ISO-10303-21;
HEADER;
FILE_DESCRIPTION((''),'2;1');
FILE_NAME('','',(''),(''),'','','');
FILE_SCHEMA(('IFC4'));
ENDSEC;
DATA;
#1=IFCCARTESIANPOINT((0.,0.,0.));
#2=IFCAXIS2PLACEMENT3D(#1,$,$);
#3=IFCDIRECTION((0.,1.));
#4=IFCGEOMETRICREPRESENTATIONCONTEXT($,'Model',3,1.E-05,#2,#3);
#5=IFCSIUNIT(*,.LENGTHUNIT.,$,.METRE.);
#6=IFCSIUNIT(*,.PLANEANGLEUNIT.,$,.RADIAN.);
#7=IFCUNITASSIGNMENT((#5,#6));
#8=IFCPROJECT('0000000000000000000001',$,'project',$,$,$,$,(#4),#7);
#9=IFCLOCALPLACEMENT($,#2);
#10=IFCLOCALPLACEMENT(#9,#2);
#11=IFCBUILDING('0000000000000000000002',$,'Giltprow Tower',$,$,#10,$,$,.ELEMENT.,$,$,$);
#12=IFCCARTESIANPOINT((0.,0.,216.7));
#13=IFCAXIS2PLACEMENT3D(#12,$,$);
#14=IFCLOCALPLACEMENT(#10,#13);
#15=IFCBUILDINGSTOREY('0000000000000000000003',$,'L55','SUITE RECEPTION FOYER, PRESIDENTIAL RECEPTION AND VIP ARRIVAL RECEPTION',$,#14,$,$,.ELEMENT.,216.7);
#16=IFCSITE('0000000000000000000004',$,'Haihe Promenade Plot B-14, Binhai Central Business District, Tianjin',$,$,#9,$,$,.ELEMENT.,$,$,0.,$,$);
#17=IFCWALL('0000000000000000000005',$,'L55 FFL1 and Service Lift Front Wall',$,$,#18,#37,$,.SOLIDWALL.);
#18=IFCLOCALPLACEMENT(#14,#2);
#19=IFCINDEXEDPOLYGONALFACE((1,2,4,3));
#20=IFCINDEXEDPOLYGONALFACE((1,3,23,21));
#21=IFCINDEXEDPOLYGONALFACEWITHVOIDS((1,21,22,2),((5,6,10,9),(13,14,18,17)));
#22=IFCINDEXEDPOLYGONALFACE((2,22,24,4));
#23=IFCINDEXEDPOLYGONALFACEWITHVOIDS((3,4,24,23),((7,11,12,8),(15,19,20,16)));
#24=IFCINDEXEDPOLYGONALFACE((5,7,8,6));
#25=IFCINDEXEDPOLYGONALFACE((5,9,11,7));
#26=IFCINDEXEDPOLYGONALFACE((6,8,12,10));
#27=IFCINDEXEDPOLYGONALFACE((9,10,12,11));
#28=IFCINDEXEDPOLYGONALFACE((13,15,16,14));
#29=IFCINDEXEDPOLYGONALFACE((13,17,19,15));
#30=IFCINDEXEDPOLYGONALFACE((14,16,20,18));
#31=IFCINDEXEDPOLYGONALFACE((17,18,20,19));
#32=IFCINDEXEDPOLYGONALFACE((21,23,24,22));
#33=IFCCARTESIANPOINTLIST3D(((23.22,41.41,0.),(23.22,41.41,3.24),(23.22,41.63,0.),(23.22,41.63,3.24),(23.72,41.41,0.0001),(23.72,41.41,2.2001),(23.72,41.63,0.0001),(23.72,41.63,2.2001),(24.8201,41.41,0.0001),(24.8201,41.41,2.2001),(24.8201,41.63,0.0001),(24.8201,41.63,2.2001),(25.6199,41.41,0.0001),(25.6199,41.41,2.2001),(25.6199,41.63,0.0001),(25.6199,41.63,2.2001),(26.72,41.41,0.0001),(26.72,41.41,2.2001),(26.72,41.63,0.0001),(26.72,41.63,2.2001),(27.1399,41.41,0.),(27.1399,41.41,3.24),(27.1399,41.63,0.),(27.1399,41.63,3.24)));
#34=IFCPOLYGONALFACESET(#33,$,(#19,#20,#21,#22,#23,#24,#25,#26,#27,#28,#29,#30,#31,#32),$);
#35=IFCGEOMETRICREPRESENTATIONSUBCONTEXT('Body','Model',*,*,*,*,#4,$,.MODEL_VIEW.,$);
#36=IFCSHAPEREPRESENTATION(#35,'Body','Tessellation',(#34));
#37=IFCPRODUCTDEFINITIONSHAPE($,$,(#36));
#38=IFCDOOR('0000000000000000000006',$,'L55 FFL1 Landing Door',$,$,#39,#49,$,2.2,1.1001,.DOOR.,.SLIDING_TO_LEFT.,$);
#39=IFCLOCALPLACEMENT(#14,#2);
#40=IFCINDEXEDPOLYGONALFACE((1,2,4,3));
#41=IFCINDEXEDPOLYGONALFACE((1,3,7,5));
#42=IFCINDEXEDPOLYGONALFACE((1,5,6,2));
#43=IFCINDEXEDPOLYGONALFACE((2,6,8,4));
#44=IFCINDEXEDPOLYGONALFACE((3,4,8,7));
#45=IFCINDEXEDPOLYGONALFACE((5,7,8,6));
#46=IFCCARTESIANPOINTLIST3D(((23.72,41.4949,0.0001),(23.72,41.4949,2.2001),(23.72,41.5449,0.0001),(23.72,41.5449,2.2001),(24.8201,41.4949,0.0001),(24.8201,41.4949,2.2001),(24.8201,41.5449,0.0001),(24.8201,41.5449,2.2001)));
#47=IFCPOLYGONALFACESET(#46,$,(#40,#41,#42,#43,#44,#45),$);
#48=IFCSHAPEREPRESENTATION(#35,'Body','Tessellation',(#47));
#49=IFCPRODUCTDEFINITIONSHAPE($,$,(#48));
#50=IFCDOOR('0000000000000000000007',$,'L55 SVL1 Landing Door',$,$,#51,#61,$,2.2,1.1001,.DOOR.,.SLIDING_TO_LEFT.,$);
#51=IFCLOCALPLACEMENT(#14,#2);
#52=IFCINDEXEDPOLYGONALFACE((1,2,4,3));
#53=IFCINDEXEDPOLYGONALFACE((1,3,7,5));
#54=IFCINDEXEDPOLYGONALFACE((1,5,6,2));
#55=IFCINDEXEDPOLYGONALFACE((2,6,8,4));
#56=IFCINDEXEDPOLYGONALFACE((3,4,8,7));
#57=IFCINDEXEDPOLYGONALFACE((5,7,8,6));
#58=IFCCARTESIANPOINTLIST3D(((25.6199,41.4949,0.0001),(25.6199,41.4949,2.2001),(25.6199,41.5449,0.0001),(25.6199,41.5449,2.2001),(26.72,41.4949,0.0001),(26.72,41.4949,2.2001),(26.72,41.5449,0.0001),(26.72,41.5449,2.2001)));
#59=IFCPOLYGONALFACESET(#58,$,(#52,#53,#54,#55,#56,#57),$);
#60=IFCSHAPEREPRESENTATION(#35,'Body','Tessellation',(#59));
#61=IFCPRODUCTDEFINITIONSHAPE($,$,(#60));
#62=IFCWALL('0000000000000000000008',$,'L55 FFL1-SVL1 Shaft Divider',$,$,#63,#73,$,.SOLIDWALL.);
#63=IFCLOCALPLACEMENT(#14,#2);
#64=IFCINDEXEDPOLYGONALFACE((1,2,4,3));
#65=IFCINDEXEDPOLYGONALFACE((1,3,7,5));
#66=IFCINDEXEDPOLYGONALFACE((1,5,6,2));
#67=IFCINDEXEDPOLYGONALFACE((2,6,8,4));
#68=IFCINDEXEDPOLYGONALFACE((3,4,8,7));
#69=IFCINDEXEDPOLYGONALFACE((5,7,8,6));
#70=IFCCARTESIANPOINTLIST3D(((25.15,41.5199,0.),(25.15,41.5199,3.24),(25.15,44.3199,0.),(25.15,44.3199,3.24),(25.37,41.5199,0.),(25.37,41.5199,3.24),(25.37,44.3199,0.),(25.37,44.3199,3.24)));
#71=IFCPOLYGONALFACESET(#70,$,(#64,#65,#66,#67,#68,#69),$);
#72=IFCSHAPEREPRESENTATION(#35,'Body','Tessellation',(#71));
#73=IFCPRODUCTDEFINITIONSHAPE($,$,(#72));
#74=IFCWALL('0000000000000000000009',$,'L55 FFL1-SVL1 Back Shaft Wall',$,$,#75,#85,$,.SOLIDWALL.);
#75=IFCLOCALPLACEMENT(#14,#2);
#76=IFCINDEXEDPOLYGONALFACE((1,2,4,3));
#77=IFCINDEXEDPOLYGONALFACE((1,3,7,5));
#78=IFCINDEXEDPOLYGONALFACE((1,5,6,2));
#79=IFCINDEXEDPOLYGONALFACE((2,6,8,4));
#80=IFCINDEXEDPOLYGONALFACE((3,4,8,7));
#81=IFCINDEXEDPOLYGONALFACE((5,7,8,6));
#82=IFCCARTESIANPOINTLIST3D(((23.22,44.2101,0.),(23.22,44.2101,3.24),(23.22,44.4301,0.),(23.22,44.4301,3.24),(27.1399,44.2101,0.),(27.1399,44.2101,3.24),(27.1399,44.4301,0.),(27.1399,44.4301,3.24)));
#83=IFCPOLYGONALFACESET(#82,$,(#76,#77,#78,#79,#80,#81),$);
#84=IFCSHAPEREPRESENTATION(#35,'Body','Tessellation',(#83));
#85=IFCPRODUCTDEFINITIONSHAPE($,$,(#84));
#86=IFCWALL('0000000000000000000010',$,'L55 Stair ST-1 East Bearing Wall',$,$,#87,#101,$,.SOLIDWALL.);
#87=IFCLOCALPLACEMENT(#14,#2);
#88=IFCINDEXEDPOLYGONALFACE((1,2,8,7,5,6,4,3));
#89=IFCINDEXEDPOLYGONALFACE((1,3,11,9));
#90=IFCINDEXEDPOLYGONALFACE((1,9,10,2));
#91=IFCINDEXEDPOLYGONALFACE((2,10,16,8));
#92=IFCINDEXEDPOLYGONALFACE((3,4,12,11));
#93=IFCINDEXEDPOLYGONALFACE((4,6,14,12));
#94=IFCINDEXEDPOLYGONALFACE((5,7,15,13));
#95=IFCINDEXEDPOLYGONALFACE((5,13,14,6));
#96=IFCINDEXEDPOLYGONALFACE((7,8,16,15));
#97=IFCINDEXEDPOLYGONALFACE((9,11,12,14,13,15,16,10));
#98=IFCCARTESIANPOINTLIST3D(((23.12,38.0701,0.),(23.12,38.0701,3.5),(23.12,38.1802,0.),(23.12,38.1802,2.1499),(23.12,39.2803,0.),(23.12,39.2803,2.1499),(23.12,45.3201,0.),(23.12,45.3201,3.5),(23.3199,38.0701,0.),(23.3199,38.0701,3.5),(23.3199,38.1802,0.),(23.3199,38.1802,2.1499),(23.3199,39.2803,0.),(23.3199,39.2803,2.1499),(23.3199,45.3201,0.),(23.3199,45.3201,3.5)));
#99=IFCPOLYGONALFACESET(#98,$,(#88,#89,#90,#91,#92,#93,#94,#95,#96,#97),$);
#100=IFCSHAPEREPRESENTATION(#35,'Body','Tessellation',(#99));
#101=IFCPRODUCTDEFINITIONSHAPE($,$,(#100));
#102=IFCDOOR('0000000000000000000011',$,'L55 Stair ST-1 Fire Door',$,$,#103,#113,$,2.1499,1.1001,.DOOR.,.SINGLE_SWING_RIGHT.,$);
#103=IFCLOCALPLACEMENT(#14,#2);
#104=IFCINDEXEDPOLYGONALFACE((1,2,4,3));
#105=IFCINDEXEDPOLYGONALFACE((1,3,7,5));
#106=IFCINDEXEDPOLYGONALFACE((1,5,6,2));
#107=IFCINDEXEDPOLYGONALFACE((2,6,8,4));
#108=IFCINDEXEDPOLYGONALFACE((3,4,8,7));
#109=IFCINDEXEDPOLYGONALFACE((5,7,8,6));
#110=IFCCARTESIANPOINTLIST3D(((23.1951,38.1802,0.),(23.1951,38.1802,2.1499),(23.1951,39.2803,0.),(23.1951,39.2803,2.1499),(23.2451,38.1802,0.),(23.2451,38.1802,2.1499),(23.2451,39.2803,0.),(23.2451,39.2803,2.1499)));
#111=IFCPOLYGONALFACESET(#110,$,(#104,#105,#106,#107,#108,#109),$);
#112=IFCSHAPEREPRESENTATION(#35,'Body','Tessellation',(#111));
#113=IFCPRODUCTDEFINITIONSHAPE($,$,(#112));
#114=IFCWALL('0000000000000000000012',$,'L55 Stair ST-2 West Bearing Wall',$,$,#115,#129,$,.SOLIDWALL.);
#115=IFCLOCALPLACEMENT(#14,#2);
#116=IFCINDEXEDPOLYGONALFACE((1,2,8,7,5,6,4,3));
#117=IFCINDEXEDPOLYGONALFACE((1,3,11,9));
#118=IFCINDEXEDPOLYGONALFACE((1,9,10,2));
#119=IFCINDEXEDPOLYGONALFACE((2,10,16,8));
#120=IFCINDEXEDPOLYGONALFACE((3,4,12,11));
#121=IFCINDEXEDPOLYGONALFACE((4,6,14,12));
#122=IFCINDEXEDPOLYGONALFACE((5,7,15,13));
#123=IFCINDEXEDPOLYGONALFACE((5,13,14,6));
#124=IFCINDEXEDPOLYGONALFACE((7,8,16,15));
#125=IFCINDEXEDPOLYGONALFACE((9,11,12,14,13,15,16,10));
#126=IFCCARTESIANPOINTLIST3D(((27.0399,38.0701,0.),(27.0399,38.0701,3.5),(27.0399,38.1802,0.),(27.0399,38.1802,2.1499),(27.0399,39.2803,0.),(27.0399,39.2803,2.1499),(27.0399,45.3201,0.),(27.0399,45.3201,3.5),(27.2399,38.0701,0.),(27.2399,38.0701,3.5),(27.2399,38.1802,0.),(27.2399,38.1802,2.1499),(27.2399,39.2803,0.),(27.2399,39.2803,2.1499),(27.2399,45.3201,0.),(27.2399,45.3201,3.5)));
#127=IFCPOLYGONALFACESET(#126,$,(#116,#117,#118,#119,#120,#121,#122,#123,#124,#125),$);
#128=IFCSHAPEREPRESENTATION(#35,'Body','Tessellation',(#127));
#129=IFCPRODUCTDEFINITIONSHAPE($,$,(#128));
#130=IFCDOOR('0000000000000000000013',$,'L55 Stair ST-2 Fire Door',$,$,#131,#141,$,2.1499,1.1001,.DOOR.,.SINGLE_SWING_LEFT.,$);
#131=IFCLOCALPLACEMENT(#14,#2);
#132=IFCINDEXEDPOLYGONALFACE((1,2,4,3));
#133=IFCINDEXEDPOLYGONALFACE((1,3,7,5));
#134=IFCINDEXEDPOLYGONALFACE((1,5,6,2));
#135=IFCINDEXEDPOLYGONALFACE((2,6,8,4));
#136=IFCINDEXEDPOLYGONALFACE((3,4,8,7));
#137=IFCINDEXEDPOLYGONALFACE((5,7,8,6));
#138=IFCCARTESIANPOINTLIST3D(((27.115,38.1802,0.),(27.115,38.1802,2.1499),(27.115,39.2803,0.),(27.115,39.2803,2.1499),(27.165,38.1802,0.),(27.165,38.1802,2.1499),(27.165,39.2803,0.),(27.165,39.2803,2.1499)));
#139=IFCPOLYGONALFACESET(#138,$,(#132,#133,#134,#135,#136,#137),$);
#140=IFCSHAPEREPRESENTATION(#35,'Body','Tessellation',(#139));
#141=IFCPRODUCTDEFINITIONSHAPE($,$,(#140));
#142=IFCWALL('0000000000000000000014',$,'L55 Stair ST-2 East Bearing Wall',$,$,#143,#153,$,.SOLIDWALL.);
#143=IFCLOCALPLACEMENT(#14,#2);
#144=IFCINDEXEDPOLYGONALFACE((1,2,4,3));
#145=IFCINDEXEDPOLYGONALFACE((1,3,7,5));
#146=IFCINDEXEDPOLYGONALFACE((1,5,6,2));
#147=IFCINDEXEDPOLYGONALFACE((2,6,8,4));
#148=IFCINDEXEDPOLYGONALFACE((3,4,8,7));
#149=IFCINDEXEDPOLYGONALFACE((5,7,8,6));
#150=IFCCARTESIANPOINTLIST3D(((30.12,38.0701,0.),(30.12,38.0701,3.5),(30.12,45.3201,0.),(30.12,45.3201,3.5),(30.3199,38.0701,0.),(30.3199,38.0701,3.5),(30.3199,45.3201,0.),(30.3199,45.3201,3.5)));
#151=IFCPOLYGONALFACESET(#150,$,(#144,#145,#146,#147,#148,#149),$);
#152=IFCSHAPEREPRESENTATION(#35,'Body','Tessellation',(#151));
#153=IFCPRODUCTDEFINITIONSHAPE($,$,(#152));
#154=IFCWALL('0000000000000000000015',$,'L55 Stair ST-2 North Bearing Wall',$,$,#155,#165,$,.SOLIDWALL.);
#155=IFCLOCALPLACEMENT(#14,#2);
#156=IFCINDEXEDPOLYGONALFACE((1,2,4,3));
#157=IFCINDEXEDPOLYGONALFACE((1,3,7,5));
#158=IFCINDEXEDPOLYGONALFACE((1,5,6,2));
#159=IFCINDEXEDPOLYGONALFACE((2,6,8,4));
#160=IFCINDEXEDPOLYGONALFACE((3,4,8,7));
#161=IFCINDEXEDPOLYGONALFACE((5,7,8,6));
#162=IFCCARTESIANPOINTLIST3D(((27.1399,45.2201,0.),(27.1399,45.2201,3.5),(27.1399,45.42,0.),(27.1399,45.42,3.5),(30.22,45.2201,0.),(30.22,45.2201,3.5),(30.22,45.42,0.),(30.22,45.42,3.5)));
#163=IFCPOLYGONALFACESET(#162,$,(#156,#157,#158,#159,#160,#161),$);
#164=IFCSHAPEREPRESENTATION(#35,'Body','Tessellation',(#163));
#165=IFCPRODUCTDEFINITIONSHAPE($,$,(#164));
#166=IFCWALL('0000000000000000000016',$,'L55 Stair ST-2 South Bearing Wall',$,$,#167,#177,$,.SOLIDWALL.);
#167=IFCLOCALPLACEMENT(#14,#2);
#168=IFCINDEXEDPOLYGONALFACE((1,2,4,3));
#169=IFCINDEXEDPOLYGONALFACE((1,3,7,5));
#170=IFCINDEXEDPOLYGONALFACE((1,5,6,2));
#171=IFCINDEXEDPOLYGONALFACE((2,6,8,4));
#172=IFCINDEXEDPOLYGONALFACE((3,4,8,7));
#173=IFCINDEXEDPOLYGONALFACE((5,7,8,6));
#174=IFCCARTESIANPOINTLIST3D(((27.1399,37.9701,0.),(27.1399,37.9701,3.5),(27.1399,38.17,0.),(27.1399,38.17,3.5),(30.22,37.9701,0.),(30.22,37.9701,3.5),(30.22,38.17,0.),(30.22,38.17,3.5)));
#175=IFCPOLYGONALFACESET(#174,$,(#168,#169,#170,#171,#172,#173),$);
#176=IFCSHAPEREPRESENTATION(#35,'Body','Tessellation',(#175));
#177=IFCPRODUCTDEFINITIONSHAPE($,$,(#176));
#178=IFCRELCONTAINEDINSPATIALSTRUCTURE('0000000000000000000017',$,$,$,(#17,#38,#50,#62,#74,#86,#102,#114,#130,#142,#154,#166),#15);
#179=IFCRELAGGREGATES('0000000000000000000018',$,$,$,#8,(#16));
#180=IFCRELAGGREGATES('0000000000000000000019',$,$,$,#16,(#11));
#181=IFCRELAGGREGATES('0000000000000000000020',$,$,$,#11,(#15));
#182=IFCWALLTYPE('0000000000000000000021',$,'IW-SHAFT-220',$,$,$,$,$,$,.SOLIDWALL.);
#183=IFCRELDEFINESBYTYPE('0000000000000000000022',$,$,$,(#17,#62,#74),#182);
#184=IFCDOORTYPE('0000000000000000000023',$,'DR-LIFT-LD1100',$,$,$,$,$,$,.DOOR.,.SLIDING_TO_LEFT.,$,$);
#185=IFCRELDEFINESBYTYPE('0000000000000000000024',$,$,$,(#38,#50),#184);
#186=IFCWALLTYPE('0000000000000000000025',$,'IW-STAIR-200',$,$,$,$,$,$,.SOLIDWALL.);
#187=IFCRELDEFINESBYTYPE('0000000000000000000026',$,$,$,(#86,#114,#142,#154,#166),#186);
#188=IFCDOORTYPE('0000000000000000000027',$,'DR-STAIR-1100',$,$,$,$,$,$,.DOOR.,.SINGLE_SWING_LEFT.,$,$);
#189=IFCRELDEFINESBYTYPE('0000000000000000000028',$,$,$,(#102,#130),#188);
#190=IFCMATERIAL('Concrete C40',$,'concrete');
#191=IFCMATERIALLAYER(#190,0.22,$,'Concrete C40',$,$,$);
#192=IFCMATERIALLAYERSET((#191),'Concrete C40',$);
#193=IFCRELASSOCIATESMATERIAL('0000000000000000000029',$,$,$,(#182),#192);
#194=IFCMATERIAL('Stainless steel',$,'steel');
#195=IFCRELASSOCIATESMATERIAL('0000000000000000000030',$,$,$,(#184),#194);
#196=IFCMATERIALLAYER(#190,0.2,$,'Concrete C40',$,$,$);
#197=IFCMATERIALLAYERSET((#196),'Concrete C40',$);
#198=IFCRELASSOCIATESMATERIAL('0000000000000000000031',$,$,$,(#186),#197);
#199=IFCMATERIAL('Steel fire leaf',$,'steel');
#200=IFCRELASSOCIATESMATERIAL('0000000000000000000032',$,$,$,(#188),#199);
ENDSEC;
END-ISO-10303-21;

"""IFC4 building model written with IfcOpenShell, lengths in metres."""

from ifc_helpers import new_model, si_unit, direction, frame, frame_2d, origin, place, context, subcontext, project, spatial, rectangle, extrude, source, transform, mapped, material, layer, layer_set, type_object, element, fill, save


model = new_model("IFC4")

# Units and contexts
model_context = context("Model", 3, precision=1e-05, world=origin(), true_north=direction((0.0, 1.0)))
body_context = subcontext(model_context, "Body", "Model", "MODEL_VIEW")
ifc_project = project(units=[si_unit("LENGTHUNIT", "METRE"), si_unit("PLANEANGLEUNIT", "RADIAN")], contexts=[model_context])

# Site, building, storey
site_placement = place(None, origin())
site = spatial("IfcSite", under=ifc_project, at=site_placement, Name="Haihe Promenade Plot B-14, Binhai Central Business District, Tianjin", CompositionType="ELEMENT", RefElevation=0.0)
building_placement = place(site_placement, origin())
building = spatial("IfcBuilding", under=site, at=building_placement, Name="Giltprow Tower", CompositionType="ELEMENT")
storey_placement = place(building_placement, frame((0.0, 0.0, 216.7)))
storey = spatial("IfcBuildingStorey", under=building, at=storey_placement, Name="L55", Description="SUITE RECEPTION FOYER, PRESIDENTIAL RECEPTION AND VIP ARRIVAL RECEPTION", CompositionType="ELEMENT", Elevation=216.7)

# Wall, openings, doors
ifc_material_1 = material(Name="Concrete C40", Category="concrete")
ifc_layer_1 = layer(ifc_material_1, 0.22, Name="Concrete C40")
ifc_layer_set_1 = layer_set([ifc_layer_1], Name="Concrete C40")
wall_type_1 = type_object("IfcWallType", Name="IW-SHAFT-220", PredefinedType="SOLIDWALL", material=ifc_layer_set_1)
wall_1_placement = place(storey_placement, frame((23.22, 41.52, 0.0), z_axis=(0.0, 0.0, 1.0), x_axis=(1.0, 0.0, 0.0)))
wall_1 = element("IfcWall", 1, at=wall_1_placement, inside=storey, type_object=wall_type_1, Name="L55 FFL1 and Service Lift Front Wall", PredefinedType="SOLIDWALL", context=body_context, shape_type="SweptSolid", body=[
    extrude(rectangle(XDim=3.9199, YDim=0.22, at=frame_2d((1.96, 0.0))), origin(), (0.0, 0.0, 1.0), 3.24),
])
opening_1_placement = place(wall_1_placement, frame((0.5, 0.0, 0.0)))
opening_1 = element("IfcOpeningElement", 2, at=opening_1_placement, cuts=wall_1, PredefinedType="OPENING", context=body_context, shape_type="SweptSolid", body=[
    extrude(rectangle(XDim=1.1001, YDim=2.2, at=frame_2d((0.55, 1.1001))), frame((0.0, 0.1199, 0.0), z_axis=(0.0, -1.0, 0.0), x_axis=(1.0, 0.0, 0.0)), (0.0, 0.0, 1.0), 0.24),
])
opening_2_placement = place(wall_1_placement, frame((2.3999, 0.0, 0.0)))
opening_2 = element("IfcOpeningElement", 3, at=opening_2_placement, cuts=wall_1, PredefinedType="OPENING", context=body_context, shape_type="SweptSolid", body=[
    extrude(rectangle(XDim=1.1001, YDim=2.2, at=frame_2d((0.55, 1.1001))), frame((0.0, 0.1199, 0.0), z_axis=(0.0, -1.0, 0.0), x_axis=(1.0, 0.0, 0.0)), (0.0, 0.0, 1.0), 0.24),
])
ifc_material_2 = material(Name="Stainless steel", Category="steel")
door_type_1 = type_object("IfcDoorType", Name="DR-LIFT-LD1100", OperationType="SLIDING_TO_LEFT", PredefinedType="DOOR", material=ifc_material_2)
shared_shape_1 = source(origin(), body_context, "Body", "SweptSolid", [
    extrude(rectangle(XDim=1.1001, YDim=2.2, at=frame_2d((0.55, 1.1001))), frame((0.0, 0.0249, 0.0), z_axis=(0.0, -1.0, 0.0), x_axis=(1.0, 0.0, 0.0)), (0.0, 0.0, 1.0), 0.05),
])
door_1_placement = place(opening_1_placement, origin())
door_1 = element("IfcDoor", 4, at=door_1_placement, inside=storey, type_object=door_type_1, Name="L55 FFL1 Landing Door", OperationType="SLIDING_TO_LEFT", OverallHeight=2.2, OverallWidth=1.1001, PredefinedType="DOOR", context=body_context, shape_type="MappedRepresentation", body=[
    mapped(shared_shape_1, transform((0.0, 0.0, 0.0), x_axis=(1.0, 0.0, 0.0), y_axis=(0.0, 1.0, 0.0), z_axis=(0.0, 0.0, 1.0), scale=1.0)),
])
fill(opening_1, door_1)
door_2_placement = place(opening_2_placement, origin())
door_2 = element("IfcDoor", 5, at=door_2_placement, inside=storey, type_object=door_type_1, Name="L55 SVL1 Landing Door", OperationType="SLIDING_TO_LEFT", OverallHeight=2.2, OverallWidth=1.1001, PredefinedType="DOOR", context=body_context, shape_type="MappedRepresentation", body=[
    mapped(shared_shape_1, transform((0.0, 0.0, 0.0), x_axis=(1.0, 0.0, 0.0), y_axis=(0.0, 1.0, 0.0), z_axis=(0.0, 0.0, 1.0), scale=1.0)),
])
fill(opening_2, door_2)

# Walls
wall_2_placement = place(storey_placement, frame((25.26, 41.52, 0.0), z_axis=(0.0, 0.0, 1.0), x_axis=(0.0, 1.0, 0.0)))
element("IfcWall", 6, at=wall_2_placement, inside=storey, type_object=wall_type_1, Name="L55 FFL1-SVL1 Shaft Divider", PredefinedType="SOLIDWALL", context=body_context, shape_type="SweptSolid", body=[
    extrude(rectangle(XDim=2.8, YDim=0.22, at=frame_2d((1.3999, 0.0))), origin(), (0.0, 0.0, 1.0), 3.24),
])
wall_3_placement = place(storey_placement, frame((23.22, 44.3201, 0.0), z_axis=(0.0, 0.0, 1.0), x_axis=(1.0, 0.0, 0.0)))
element("IfcWall", 7, at=wall_3_placement, inside=storey, type_object=wall_type_1, Name="L55 FFL1-SVL1 Back Shaft Wall", PredefinedType="SOLIDWALL", context=body_context, shape_type="SweptSolid", body=[
    extrude(rectangle(XDim=3.9199, YDim=0.22, at=frame_2d((1.96, 0.0))), origin(), (0.0, 0.0, 1.0), 3.24),
])

# Walls, openings, doors
ifc_layer_2 = layer(ifc_material_1, 0.2, Name="Concrete C40")
ifc_layer_set_2 = layer_set([ifc_layer_2], Name="Concrete C40")
wall_type_2 = type_object("IfcWallType", Name="IW-STAIR-200", PredefinedType="SOLIDWALL", material=ifc_layer_set_2)
wall_4_placement = place(storey_placement, frame((23.22, 38.0701, 0.0), z_axis=(0.0, 0.0, 1.0), x_axis=(0.0, 1.0, 0.0)))
wall_4 = element("IfcWall", 8, at=wall_4_placement, inside=storey, type_object=wall_type_2, Name="L55 Stair ST-1 East Bearing Wall", PredefinedType="SOLIDWALL", context=body_context, shape_type="SweptSolid", body=[
    extrude(rectangle(XDim=7.25, YDim=0.2, at=frame_2d((3.625, 0.0))), origin(), (0.0, 0.0, 1.0), 3.5),
])
opening_3_placement = place(wall_4_placement, frame((0.1101, 0.0, 0.0)))
opening_3 = element("IfcOpeningElement", 9, at=opening_3_placement, cuts=wall_4, PredefinedType="OPENING", context=body_context, shape_type="SweptSolid", body=[
    extrude(rectangle(XDim=1.1001, YDim=2.1499, at=frame_2d((0.55, 1.075))), frame((0.0, 0.1099, 0.0), z_axis=(0.0, -1.0, 0.0), x_axis=(1.0, 0.0, 0.0)), (0.0, 0.0, 1.0), 0.22),
])
ifc_material_3 = material(Name="Steel fire leaf", Category="steel")
door_type_2 = type_object("IfcDoorType", Name="DR-STAIR-1100", OperationType="SINGLE_SWING_LEFT", PredefinedType="DOOR", material=ifc_material_3)
shared_shape_2 = source(origin(), body_context, "Body", "SweptSolid", [
    extrude(rectangle(XDim=1.1001, YDim=2.1499, at=frame_2d((0.55, 1.075))), frame((0.0, 0.0249, 0.0), z_axis=(0.0, -1.0, 0.0), x_axis=(1.0, 0.0, 0.0)), (0.0, 0.0, 1.0), 0.05),
])
door_3_placement = place(opening_3_placement, origin())
door_3 = element("IfcDoor", 10, at=door_3_placement, inside=storey, type_object=door_type_2, Name="L55 Stair ST-1 Fire Door", OperationType="SINGLE_SWING_RIGHT", OverallHeight=2.1499, OverallWidth=1.1001, PredefinedType="DOOR", context=body_context, shape_type="MappedRepresentation", body=[
    mapped(shared_shape_2, transform((0.0, 0.0, 0.0), x_axis=(1.0, 0.0, 0.0), y_axis=(0.0, 1.0, 0.0), z_axis=(0.0, 0.0, 1.0), scale=1.0)),
])
fill(opening_3, door_3)
wall_5_placement = place(storey_placement, frame((27.1399, 38.0701, 0.0), z_axis=(0.0, 0.0, 1.0), x_axis=(0.0, 1.0, 0.0)))
wall_5 = element("IfcWall", 11, at=wall_5_placement, inside=storey, type_object=wall_type_2, Name="L55 Stair ST-2 West Bearing Wall", PredefinedType="SOLIDWALL", context=body_context, shape_type="SweptSolid", body=[
    extrude(rectangle(XDim=7.25, YDim=0.2, at=frame_2d((3.625, 0.0))), origin(), (0.0, 0.0, 1.0), 3.5),
])
opening_4_placement = place(wall_5_placement, frame((0.1101, 0.0, 0.0)))
opening_4 = element("IfcOpeningElement", 12, at=opening_4_placement, cuts=wall_5, PredefinedType="OPENING", context=body_context, shape_type="SweptSolid", body=[
    extrude(rectangle(XDim=1.1001, YDim=2.1499, at=frame_2d((0.55, 1.075))), frame((0.0, 0.1099, 0.0), z_axis=(0.0, -1.0, 0.0), x_axis=(1.0, 0.0, 0.0)), (0.0, 0.0, 1.0), 0.22),
])
door_4_placement = place(opening_4_placement, origin())
door_4 = element("IfcDoor", 13, at=door_4_placement, inside=storey, type_object=door_type_2, Name="L55 Stair ST-2 Fire Door", OperationType="SINGLE_SWING_LEFT", OverallHeight=2.1499, OverallWidth=1.1001, PredefinedType="DOOR", context=body_context, shape_type="MappedRepresentation", body=[
    mapped(shared_shape_2, transform((0.0, 0.0, 0.0), x_axis=(1.0, 0.0, 0.0), y_axis=(0.0, 1.0, 0.0), z_axis=(0.0, 0.0, 1.0), scale=1.0)),
])
fill(opening_4, door_4)

# Walls
wall_6_placement = place(storey_placement, frame((30.22, 38.0701, 0.0), z_axis=(0.0, 0.0, 1.0), x_axis=(0.0, 1.0, 0.0)))
element("IfcWall", 14, at=wall_6_placement, inside=storey, type_object=wall_type_2, Name="L55 Stair ST-2 East Bearing Wall", PredefinedType="SOLIDWALL", context=body_context, shape_type="SweptSolid", body=[
    extrude(rectangle(XDim=7.25, YDim=0.2, at=frame_2d((3.625, 0.0))), origin(), (0.0, 0.0, 1.0), 3.5),
])
for number, where, z_axis, x_axis, name in (
    (15, (27.1399, 45.3201, 0.0), (0.0, 0.0, 1.0), (1.0, 0.0, 0.0), "L55 Stair ST-2 North Bearing Wall"),
    (16, (27.1399, 38.0701, 0.0), (0.0, 0.0, 1.0), (1.0, 0.0, 0.0), "L55 Stair ST-2 South Bearing Wall"),
):
    element("IfcWall", number, at=place(storey_placement, frame(where, z_axis=z_axis, x_axis=x_axis)), inside=storey, type_object=wall_type_2, Name=name, PredefinedType="SOLIDWALL", context=body_context, shape_type="SweptSolid", body=[
        extrude(rectangle(XDim=3.0801, YDim=0.2, at=frame_2d((1.54, 0.0))), origin(), (0.0, 0.0, 1.0), 3.5),
    ])

save(model, "model.ifc")
